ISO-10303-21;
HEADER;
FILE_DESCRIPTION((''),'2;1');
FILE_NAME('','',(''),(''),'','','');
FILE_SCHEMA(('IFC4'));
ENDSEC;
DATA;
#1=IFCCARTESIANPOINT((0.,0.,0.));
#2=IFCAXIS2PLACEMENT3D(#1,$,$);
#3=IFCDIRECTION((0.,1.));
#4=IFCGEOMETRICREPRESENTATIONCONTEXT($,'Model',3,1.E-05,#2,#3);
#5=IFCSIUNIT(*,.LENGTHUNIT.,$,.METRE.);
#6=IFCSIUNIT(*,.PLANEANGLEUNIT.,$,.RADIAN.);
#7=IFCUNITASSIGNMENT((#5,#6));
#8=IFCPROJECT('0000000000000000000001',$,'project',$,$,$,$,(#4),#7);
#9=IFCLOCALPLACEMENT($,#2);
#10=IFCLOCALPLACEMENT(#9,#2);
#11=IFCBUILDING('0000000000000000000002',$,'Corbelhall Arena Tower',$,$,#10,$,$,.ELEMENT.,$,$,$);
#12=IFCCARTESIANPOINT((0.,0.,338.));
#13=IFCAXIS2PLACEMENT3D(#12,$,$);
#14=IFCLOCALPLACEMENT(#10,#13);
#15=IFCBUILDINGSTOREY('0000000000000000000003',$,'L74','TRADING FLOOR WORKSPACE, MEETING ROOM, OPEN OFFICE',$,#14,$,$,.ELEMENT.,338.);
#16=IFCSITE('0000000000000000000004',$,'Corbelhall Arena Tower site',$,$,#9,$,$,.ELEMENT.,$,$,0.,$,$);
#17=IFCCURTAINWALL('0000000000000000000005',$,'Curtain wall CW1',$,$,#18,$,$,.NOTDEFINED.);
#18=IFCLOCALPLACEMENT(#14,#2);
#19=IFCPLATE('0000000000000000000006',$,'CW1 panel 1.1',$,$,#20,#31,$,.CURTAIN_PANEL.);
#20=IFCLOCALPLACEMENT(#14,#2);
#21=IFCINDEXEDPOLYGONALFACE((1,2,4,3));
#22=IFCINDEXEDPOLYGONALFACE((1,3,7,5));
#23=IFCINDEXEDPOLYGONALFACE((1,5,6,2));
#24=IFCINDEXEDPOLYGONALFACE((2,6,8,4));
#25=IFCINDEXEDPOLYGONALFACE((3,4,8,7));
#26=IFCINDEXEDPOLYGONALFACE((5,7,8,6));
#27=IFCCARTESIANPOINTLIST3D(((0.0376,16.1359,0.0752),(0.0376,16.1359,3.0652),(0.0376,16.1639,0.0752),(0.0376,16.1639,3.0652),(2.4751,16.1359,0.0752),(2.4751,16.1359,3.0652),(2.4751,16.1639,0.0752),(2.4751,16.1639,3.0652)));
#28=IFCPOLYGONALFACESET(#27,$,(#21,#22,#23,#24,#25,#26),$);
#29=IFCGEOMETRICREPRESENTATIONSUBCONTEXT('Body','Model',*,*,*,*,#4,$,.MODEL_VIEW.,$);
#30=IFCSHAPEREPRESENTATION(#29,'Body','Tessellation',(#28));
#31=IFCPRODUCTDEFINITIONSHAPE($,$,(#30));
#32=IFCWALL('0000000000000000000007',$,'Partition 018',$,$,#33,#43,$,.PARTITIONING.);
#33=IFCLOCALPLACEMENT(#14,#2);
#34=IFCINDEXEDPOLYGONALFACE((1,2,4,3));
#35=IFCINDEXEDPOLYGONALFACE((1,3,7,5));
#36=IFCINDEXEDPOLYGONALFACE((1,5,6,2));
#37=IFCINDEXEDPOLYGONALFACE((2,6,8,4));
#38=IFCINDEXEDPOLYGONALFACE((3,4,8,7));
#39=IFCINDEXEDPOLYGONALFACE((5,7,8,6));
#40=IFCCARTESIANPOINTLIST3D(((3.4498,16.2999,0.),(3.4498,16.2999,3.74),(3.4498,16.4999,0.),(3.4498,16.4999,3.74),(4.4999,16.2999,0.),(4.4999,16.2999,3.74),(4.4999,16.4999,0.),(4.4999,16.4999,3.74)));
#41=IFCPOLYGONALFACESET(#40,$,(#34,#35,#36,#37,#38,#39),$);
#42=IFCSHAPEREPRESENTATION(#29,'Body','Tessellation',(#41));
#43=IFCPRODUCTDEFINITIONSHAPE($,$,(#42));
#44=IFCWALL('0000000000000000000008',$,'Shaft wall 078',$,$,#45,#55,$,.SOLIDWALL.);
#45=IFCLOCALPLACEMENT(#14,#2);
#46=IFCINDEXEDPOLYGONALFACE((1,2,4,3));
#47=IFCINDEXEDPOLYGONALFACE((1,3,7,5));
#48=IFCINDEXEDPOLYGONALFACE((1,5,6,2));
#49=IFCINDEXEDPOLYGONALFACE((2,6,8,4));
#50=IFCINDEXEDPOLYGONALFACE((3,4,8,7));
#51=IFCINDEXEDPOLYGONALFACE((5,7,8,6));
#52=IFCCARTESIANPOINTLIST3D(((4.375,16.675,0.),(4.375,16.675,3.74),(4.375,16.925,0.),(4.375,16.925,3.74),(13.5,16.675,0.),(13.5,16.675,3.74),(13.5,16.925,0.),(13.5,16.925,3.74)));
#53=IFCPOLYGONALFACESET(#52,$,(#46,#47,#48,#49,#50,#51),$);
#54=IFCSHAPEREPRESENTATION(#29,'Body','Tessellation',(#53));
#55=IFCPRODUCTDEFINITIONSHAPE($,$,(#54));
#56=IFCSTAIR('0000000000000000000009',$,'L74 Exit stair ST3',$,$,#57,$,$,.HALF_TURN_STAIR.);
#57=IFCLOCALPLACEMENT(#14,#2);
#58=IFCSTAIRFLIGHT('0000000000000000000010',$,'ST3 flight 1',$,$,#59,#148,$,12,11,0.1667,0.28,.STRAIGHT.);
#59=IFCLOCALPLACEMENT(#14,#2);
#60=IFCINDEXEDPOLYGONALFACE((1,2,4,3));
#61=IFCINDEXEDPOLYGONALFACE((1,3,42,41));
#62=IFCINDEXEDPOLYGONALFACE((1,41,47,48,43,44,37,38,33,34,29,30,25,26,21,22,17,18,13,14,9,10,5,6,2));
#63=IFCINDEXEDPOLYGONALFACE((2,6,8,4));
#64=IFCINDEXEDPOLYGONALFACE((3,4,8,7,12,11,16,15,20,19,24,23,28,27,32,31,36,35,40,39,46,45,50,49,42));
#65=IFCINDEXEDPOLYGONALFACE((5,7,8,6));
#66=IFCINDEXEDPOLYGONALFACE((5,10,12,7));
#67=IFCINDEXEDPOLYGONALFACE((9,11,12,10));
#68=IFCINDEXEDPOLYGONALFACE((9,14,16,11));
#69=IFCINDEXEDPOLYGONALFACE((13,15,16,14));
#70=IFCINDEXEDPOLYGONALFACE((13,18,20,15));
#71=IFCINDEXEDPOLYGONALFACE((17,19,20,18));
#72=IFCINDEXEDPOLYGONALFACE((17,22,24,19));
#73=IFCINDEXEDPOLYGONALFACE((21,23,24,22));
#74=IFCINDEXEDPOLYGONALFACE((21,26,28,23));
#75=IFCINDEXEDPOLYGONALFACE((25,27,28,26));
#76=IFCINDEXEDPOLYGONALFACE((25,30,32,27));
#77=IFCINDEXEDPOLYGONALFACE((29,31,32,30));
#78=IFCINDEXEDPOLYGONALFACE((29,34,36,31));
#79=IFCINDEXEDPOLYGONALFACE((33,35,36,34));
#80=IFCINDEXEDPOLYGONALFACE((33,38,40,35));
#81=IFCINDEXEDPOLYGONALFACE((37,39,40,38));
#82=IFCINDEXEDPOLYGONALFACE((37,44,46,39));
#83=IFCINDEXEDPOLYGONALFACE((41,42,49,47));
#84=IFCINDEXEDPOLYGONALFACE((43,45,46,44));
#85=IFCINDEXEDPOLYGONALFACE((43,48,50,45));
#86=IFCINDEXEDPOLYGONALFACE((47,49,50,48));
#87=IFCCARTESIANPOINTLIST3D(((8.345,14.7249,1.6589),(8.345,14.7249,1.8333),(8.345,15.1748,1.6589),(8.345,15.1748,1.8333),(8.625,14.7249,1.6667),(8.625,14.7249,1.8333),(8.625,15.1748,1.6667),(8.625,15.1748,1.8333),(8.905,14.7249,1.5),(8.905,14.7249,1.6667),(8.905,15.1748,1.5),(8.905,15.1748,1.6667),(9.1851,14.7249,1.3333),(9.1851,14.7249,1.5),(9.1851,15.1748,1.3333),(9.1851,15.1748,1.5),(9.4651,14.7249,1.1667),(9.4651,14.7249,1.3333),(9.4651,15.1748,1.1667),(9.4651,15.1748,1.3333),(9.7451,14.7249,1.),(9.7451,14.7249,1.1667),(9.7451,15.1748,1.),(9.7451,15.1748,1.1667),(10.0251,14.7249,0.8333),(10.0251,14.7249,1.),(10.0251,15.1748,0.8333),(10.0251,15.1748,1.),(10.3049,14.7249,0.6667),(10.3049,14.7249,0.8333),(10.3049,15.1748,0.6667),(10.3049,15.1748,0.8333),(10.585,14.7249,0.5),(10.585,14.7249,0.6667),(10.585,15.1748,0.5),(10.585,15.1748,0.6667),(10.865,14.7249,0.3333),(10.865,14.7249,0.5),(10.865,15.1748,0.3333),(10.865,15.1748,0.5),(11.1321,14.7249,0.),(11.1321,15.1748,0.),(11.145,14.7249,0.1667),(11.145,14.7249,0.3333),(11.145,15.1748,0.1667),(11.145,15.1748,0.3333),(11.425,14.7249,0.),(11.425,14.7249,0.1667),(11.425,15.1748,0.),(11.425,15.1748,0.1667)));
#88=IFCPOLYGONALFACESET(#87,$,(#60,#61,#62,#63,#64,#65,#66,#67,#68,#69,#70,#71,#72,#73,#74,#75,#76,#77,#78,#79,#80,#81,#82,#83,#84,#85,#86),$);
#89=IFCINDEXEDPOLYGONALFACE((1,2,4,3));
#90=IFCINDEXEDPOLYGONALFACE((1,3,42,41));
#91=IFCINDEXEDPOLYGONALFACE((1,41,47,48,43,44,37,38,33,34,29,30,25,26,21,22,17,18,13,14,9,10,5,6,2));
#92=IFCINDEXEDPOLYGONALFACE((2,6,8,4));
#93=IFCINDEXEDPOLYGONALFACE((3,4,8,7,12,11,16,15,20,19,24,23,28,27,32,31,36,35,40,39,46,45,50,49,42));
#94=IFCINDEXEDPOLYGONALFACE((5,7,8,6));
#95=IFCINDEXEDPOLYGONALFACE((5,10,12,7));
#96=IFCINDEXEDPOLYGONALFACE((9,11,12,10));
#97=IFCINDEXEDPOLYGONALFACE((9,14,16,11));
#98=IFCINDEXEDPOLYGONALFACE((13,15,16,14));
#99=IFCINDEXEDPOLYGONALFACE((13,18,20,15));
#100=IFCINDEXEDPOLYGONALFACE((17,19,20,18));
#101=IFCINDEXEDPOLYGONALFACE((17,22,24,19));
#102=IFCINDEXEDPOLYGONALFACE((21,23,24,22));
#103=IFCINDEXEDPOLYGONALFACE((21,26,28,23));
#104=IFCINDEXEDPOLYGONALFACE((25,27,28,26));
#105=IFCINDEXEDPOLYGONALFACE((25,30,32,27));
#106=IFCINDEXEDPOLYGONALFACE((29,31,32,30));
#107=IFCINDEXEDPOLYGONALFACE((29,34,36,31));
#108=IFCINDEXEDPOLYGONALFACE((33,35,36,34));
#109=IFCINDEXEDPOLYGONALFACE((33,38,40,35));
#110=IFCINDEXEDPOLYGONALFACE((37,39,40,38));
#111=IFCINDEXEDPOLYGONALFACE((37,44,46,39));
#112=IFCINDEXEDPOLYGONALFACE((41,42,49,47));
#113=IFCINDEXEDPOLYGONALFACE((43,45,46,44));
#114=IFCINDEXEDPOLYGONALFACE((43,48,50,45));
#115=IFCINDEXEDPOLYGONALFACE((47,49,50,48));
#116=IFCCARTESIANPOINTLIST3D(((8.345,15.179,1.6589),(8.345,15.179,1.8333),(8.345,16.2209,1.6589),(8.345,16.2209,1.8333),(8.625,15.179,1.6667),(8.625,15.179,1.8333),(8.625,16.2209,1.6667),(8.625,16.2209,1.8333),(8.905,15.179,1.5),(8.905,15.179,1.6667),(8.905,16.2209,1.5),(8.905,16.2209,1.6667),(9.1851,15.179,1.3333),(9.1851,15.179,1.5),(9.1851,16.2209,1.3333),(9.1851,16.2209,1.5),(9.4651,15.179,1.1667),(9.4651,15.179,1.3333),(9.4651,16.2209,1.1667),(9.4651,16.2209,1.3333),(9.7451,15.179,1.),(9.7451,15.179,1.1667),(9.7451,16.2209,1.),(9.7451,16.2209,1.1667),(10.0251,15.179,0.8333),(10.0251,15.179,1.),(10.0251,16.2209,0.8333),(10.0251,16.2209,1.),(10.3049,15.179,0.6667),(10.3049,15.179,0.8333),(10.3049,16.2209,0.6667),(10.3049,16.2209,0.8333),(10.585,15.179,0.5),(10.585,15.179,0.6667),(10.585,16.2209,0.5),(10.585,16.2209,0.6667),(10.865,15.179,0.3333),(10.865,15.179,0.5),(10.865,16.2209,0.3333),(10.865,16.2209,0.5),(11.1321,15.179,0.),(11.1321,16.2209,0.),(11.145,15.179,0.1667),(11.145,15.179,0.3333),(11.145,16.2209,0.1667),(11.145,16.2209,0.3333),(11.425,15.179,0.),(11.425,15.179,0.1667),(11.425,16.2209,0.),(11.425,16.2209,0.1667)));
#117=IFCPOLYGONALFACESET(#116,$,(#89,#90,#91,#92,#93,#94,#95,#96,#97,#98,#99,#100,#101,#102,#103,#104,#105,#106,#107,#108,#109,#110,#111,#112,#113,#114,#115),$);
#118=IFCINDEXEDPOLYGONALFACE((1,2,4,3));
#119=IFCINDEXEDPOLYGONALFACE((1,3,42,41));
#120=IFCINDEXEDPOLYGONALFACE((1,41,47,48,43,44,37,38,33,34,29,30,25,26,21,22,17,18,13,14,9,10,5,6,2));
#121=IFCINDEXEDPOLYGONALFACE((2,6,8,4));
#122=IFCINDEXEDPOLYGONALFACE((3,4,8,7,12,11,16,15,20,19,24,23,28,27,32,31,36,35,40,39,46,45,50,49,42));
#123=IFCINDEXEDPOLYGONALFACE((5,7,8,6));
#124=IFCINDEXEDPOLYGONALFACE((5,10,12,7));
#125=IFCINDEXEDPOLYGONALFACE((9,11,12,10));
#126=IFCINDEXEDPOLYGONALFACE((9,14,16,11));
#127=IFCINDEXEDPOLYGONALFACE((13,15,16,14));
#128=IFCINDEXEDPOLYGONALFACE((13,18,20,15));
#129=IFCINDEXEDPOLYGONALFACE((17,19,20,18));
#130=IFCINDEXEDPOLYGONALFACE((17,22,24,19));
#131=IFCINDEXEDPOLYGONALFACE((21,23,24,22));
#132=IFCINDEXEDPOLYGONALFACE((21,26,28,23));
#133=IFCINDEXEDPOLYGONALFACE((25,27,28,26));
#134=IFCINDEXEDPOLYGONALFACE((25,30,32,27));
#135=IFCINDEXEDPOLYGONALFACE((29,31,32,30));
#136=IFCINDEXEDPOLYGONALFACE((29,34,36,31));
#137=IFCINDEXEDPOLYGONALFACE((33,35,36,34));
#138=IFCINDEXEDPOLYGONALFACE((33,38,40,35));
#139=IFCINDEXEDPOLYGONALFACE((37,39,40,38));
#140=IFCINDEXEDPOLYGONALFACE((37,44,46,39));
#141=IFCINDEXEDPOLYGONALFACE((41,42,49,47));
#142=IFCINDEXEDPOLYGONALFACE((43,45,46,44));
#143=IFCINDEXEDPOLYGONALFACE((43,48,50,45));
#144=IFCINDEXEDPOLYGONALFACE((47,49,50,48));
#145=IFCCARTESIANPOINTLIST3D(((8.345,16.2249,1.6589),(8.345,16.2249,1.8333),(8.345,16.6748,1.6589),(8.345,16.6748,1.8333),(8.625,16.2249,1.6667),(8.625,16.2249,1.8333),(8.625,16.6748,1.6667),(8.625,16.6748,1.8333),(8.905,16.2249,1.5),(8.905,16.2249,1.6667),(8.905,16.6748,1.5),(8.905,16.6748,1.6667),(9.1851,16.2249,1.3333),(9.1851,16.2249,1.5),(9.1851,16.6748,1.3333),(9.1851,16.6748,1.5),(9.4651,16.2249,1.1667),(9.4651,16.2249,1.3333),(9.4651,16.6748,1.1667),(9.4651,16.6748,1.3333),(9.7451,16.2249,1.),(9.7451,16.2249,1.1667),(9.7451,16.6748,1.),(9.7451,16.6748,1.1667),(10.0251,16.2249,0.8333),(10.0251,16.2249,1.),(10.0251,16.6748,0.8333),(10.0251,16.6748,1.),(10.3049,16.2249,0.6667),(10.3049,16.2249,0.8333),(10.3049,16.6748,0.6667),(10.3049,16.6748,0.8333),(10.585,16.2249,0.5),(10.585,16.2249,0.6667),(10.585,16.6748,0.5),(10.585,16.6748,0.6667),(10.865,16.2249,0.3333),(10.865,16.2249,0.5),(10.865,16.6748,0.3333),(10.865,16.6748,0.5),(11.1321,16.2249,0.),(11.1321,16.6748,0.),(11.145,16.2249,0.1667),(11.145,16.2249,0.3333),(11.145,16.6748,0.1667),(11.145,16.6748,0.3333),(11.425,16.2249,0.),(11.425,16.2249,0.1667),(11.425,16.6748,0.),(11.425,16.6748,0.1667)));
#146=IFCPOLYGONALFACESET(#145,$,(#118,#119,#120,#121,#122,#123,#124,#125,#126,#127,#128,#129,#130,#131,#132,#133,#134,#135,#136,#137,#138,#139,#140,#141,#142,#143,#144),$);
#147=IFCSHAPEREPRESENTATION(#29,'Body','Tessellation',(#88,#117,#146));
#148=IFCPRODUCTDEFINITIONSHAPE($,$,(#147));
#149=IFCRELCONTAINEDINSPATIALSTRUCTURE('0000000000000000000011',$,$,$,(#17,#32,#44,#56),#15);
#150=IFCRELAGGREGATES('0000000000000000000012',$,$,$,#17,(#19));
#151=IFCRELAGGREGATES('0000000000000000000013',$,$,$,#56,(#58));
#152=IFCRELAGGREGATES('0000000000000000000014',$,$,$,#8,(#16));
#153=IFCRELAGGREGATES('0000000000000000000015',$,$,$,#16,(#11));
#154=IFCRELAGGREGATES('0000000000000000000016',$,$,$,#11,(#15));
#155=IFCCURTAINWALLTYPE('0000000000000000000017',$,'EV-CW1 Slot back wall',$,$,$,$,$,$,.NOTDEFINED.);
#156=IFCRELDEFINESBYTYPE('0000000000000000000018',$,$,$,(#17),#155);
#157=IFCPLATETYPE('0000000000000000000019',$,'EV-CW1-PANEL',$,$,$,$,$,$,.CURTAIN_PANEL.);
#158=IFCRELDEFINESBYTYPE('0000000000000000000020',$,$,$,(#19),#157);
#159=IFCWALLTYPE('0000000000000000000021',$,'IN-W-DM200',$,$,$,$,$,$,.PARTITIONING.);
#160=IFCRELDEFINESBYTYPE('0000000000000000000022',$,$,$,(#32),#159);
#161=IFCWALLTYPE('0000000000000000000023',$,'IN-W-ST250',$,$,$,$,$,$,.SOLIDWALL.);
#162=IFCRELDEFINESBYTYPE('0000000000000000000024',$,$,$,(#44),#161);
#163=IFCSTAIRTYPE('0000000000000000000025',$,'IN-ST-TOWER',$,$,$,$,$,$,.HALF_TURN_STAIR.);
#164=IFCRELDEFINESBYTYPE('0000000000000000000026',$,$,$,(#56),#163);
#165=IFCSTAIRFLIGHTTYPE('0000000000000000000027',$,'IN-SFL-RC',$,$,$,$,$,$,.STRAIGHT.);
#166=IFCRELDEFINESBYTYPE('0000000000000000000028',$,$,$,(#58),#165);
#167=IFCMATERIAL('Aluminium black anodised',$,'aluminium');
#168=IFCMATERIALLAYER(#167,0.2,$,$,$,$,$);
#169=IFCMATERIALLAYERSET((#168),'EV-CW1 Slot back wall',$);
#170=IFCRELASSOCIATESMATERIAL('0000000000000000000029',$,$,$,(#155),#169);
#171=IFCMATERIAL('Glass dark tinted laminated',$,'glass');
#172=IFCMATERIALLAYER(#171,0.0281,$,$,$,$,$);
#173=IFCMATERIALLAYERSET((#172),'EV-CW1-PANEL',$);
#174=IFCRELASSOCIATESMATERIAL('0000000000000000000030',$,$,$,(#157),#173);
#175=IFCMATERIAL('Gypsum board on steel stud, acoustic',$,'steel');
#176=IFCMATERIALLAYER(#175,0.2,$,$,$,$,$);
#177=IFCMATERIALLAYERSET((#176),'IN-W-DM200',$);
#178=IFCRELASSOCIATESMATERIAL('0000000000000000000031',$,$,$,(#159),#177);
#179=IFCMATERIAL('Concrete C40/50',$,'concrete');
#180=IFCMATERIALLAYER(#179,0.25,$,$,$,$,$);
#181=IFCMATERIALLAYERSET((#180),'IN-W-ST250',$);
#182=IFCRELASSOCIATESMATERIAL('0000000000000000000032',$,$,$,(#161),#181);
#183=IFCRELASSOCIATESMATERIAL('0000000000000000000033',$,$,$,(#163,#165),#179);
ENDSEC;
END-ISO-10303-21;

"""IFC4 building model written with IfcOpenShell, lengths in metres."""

from ifc_helpers import new_model, si_unit, direction, frame, frame_2d, origin, origin_2d, place, context, subcontext, project, spatial, polyline, rectangle, outline, extrude, material, layer, layer_set, type_object, element, aggregate, save


model = new_model("IFC4")

# Units and contexts
model_context = context("Model", 3, precision=1e-05, world=origin(), true_north=direction((0.0, 1.0)))
body_context = subcontext(model_context, "Body", "Model", "MODEL_VIEW")
ifc_project = project(units=[si_unit("LENGTHUNIT", "METRE"), si_unit("PLANEANGLEUNIT", "RADIAN")], contexts=[model_context])

# Site, building, storey
site_placement = place(None, origin())
site = spatial("IfcSite", under=ifc_project, at=site_placement, Name="Corbelhall Arena Tower site", CompositionType="ELEMENT", RefElevation=0.0)
building_placement = place(site_placement, origin())
building = spatial("IfcBuilding", under=site, at=building_placement, Name="Corbelhall Arena Tower", CompositionType="ELEMENT")
storey_placement = place(building_placement, frame((0.0, 0.0, 338.0)))
storey = spatial("IfcBuildingStorey", under=building, at=storey_placement, Name="L74", Description="TRADING FLOOR WORKSPACE, MEETING ROOM, OPEN OFFICE", CompositionType="ELEMENT", Elevation=338.0)

# Curtain wall
ifc_material_1 = material(Name="Aluminium black anodised", Category="aluminium")
ifc_layer_1 = layer(ifc_material_1, 0.2)
ifc_layer_set_1 = layer_set([ifc_layer_1], Name="EV-CW1 Slot back wall")
curtain_wall_type = type_object("IfcCurtainWallType", Name="EV-CW1 Slot back wall", PredefinedType="NOTDEFINED", material=ifc_layer_set_1)
curtain_wall_placement = place(storey_placement, origin())
curtain_wall = element("IfcCurtainWall", 1, at=curtain_wall_placement, inside=storey, type_object=curtain_wall_type, Name="Curtain wall CW1", PredefinedType="NOTDEFINED")

# Plate
ifc_material_2 = material(Name="Glass dark tinted laminated", Category="glass")
ifc_layer_2 = layer(ifc_material_2, 0.0281)
ifc_layer_set_2 = layer_set([ifc_layer_2], Name="EV-CW1-PANEL")
plate_type = type_object("IfcPlateType", Name="EV-CW1-PANEL", PredefinedType="CURTAIN_PANEL", material=ifc_layer_set_2)
plate_placement = place(storey_placement, frame((1.2563, 16.1499, 0.0752), z_axis=(0.0, 0.0, 1.0), x_axis=(-1.0, 0.0, 0.0)))
plate = element("IfcPlate", 2, at=plate_placement, type_object=plate_type, Name="CW1 panel 1.1", PredefinedType="CURTAIN_PANEL", context=body_context, shape_type="SweptSolid", body=[
    extrude(rectangle(XDim=2.4375, YDim=0.0281, at=origin_2d()), origin(), (0.0, 0.0, 1.0), 2.99),
])
aggregate(curtain_wall, [plate])

# Walls
ifc_material_3 = material(Name="Gypsum board on steel stud, acoustic", Category="steel")
ifc_layer_3 = layer(ifc_material_3, 0.2)
ifc_layer_set_3 = layer_set([ifc_layer_3], Name="IN-W-DM200")
wall_type_1 = type_object("IfcWallType", Name="IN-W-DM200", PredefinedType="PARTITIONING", material=ifc_layer_set_3)
wall_1_placement = place(storey_placement, frame((3.45, 16.3999, 0.0), z_axis=(0.0, 0.0, 1.0), x_axis=(1.0, 0.0, 0.0)))
element("IfcWall", 3, at=wall_1_placement, inside=storey, type_object=wall_type_1, Name="Partition 018", PredefinedType="PARTITIONING", context=body_context, shape_type="SweptSolid", body=[
    extrude(rectangle(XDim=1.05, YDim=0.2, at=frame_2d((0.5249, 0.0))), origin(), (0.0, 0.0, 1.0), 3.74),
])
ifc_material_4 = material(Name="Concrete C40/50", Category="concrete")
ifc_layer_4 = layer(ifc_material_4, 0.25)
ifc_layer_set_4 = layer_set([ifc_layer_4], Name="IN-W-ST250")
wall_type_2 = type_object("IfcWallType", Name="IN-W-ST250", PredefinedType="SOLIDWALL", material=ifc_layer_set_4)
wall_2_placement = place(storey_placement, frame((4.375, 16.8, 0.0), z_axis=(0.0, 0.0, 1.0), x_axis=(1.0, 0.0, 0.0)))
element("IfcWall", 4, at=wall_2_placement, inside=storey, type_object=wall_type_2, Name="Shaft wall 078", PredefinedType="SOLIDWALL", context=body_context, shape_type="SweptSolid", body=[
    extrude(rectangle(XDim=9.125, YDim=0.25, at=frame_2d((4.5625, 0.0))), origin(), (0.0, 0.0, 1.0), 3.74),
])

# Stair, stair flight
stair_type = type_object("IfcStairType", Name="IN-ST-TOWER", PredefinedType="HALF_TURN_STAIR", material=ifc_material_4)
stair_placement = place(storey_placement, origin())
stair = element("IfcStair", 5, at=stair_placement, inside=storey, type_object=stair_type, Name="L74 Exit stair ST3", PredefinedType="HALF_TURN_STAIR")
stair_flight_type = type_object("IfcStairFlightType", Name="IN-SFL-RC", PredefinedType="STRAIGHT", material=ifc_material_4)
stair_flight_placement = place(storey_placement, frame((11.425, 15.7, 0.0), z_axis=(0.0, 0.0, 1.0), x_axis=(-1.0, 0.0, 0.0)))
stair_flight = element("IfcStairFlight", 6, at=stair_flight_placement, type_object=stair_flight_type, Name="ST3 flight 1", NumberOfRisers=12, NumberOfTreads=11, PredefinedType="STRAIGHT", RiserHeight=0.1667, TreadLength=0.28, context=body_context, shape_type="SweptSolid", body=[
    extrude(outline(polyline([(0.0, 0.0), (0.0, 0.1667), (0.28, 0.1667), (0.28, 0.3333), (0.5601, 0.3333), (0.5601, 0.5), (0.8401, 0.5), (0.8401, 0.6667), (1.1201, 0.6667), (1.1201, 0.8333), (1.3999, 0.8333), (1.3999, 1.0), (1.6799, 1.0), (1.6799, 1.1667), (1.96, 1.1667), (1.96, 1.3333), (2.24, 1.3333), (2.24, 1.5), (2.52, 1.5), (2.52, 1.6667), (2.8, 1.6667), (2.8, 1.8333), (3.0801, 1.8333), (3.0801, 2.0), (3.0801, 1.6589), (0.293, 0.0), (0.0, 0.0)])), frame((0.0, 0.9751, 0.0), z_axis=(0.0, -1.0, 0.0), x_axis=(1.0, 0.0, 0.0)), (0.0, 0.0, 1.0), 0.45),
    extrude(outline(polyline([(0.0, 0.0), (0.0, 0.1667), (0.28, 0.1667), (0.28, 0.3333), (0.5601, 0.3333), (0.5601, 0.5), (0.8401, 0.5), (0.8401, 0.6667), (1.1201, 0.6667), (1.1201, 0.8333), (1.3999, 0.8333), (1.3999, 1.0), (1.6799, 1.0), (1.6799, 1.1667), (1.96, 1.1667), (1.96, 1.3333), (2.24, 1.3333), (2.24, 1.5), (2.52, 1.5), (2.52, 1.6667), (2.8, 1.6667), (2.8, 1.8333), (3.0801, 1.8333), (3.0801, 2.0), (3.0801, 1.6589), (0.293, 0.0), (0.0, 0.0)])), frame((0.0, 0.521, 0.0), z_axis=(0.0, -1.0, 0.0), x_axis=(1.0, 0.0, 0.0)), (0.0, 0.0, 1.0), 1.042),
    extrude(outline(polyline([(0.0, 0.0), (0.0, 0.1667), (0.28, 0.1667), (0.28, 0.3333), (0.5601, 0.3333), (0.5601, 0.5), (0.8401, 0.5), (0.8401, 0.6667), (1.1201, 0.6667), (1.1201, 0.8333), (1.3999, 0.8333), (1.3999, 1.0), (1.6799, 1.0), (1.6799, 1.1667), (1.96, 1.1667), (1.96, 1.3333), (2.24, 1.3333), (2.24, 1.5), (2.52, 1.5), (2.52, 1.6667), (2.8, 1.6667), (2.8, 1.8333), (3.0801, 1.8333), (3.0801, 2.0), (3.0801, 1.6589), (0.293, 0.0), (0.0, 0.0)])), frame((0.0, -0.5249, 0.0), z_axis=(0.0, -1.0, 0.0), x_axis=(1.0, 0.0, 0.0)), (0.0, 0.0, 1.0), 0.45),
])
aggregate(stair, [stair_flight])

save(model, "model.ifc")
